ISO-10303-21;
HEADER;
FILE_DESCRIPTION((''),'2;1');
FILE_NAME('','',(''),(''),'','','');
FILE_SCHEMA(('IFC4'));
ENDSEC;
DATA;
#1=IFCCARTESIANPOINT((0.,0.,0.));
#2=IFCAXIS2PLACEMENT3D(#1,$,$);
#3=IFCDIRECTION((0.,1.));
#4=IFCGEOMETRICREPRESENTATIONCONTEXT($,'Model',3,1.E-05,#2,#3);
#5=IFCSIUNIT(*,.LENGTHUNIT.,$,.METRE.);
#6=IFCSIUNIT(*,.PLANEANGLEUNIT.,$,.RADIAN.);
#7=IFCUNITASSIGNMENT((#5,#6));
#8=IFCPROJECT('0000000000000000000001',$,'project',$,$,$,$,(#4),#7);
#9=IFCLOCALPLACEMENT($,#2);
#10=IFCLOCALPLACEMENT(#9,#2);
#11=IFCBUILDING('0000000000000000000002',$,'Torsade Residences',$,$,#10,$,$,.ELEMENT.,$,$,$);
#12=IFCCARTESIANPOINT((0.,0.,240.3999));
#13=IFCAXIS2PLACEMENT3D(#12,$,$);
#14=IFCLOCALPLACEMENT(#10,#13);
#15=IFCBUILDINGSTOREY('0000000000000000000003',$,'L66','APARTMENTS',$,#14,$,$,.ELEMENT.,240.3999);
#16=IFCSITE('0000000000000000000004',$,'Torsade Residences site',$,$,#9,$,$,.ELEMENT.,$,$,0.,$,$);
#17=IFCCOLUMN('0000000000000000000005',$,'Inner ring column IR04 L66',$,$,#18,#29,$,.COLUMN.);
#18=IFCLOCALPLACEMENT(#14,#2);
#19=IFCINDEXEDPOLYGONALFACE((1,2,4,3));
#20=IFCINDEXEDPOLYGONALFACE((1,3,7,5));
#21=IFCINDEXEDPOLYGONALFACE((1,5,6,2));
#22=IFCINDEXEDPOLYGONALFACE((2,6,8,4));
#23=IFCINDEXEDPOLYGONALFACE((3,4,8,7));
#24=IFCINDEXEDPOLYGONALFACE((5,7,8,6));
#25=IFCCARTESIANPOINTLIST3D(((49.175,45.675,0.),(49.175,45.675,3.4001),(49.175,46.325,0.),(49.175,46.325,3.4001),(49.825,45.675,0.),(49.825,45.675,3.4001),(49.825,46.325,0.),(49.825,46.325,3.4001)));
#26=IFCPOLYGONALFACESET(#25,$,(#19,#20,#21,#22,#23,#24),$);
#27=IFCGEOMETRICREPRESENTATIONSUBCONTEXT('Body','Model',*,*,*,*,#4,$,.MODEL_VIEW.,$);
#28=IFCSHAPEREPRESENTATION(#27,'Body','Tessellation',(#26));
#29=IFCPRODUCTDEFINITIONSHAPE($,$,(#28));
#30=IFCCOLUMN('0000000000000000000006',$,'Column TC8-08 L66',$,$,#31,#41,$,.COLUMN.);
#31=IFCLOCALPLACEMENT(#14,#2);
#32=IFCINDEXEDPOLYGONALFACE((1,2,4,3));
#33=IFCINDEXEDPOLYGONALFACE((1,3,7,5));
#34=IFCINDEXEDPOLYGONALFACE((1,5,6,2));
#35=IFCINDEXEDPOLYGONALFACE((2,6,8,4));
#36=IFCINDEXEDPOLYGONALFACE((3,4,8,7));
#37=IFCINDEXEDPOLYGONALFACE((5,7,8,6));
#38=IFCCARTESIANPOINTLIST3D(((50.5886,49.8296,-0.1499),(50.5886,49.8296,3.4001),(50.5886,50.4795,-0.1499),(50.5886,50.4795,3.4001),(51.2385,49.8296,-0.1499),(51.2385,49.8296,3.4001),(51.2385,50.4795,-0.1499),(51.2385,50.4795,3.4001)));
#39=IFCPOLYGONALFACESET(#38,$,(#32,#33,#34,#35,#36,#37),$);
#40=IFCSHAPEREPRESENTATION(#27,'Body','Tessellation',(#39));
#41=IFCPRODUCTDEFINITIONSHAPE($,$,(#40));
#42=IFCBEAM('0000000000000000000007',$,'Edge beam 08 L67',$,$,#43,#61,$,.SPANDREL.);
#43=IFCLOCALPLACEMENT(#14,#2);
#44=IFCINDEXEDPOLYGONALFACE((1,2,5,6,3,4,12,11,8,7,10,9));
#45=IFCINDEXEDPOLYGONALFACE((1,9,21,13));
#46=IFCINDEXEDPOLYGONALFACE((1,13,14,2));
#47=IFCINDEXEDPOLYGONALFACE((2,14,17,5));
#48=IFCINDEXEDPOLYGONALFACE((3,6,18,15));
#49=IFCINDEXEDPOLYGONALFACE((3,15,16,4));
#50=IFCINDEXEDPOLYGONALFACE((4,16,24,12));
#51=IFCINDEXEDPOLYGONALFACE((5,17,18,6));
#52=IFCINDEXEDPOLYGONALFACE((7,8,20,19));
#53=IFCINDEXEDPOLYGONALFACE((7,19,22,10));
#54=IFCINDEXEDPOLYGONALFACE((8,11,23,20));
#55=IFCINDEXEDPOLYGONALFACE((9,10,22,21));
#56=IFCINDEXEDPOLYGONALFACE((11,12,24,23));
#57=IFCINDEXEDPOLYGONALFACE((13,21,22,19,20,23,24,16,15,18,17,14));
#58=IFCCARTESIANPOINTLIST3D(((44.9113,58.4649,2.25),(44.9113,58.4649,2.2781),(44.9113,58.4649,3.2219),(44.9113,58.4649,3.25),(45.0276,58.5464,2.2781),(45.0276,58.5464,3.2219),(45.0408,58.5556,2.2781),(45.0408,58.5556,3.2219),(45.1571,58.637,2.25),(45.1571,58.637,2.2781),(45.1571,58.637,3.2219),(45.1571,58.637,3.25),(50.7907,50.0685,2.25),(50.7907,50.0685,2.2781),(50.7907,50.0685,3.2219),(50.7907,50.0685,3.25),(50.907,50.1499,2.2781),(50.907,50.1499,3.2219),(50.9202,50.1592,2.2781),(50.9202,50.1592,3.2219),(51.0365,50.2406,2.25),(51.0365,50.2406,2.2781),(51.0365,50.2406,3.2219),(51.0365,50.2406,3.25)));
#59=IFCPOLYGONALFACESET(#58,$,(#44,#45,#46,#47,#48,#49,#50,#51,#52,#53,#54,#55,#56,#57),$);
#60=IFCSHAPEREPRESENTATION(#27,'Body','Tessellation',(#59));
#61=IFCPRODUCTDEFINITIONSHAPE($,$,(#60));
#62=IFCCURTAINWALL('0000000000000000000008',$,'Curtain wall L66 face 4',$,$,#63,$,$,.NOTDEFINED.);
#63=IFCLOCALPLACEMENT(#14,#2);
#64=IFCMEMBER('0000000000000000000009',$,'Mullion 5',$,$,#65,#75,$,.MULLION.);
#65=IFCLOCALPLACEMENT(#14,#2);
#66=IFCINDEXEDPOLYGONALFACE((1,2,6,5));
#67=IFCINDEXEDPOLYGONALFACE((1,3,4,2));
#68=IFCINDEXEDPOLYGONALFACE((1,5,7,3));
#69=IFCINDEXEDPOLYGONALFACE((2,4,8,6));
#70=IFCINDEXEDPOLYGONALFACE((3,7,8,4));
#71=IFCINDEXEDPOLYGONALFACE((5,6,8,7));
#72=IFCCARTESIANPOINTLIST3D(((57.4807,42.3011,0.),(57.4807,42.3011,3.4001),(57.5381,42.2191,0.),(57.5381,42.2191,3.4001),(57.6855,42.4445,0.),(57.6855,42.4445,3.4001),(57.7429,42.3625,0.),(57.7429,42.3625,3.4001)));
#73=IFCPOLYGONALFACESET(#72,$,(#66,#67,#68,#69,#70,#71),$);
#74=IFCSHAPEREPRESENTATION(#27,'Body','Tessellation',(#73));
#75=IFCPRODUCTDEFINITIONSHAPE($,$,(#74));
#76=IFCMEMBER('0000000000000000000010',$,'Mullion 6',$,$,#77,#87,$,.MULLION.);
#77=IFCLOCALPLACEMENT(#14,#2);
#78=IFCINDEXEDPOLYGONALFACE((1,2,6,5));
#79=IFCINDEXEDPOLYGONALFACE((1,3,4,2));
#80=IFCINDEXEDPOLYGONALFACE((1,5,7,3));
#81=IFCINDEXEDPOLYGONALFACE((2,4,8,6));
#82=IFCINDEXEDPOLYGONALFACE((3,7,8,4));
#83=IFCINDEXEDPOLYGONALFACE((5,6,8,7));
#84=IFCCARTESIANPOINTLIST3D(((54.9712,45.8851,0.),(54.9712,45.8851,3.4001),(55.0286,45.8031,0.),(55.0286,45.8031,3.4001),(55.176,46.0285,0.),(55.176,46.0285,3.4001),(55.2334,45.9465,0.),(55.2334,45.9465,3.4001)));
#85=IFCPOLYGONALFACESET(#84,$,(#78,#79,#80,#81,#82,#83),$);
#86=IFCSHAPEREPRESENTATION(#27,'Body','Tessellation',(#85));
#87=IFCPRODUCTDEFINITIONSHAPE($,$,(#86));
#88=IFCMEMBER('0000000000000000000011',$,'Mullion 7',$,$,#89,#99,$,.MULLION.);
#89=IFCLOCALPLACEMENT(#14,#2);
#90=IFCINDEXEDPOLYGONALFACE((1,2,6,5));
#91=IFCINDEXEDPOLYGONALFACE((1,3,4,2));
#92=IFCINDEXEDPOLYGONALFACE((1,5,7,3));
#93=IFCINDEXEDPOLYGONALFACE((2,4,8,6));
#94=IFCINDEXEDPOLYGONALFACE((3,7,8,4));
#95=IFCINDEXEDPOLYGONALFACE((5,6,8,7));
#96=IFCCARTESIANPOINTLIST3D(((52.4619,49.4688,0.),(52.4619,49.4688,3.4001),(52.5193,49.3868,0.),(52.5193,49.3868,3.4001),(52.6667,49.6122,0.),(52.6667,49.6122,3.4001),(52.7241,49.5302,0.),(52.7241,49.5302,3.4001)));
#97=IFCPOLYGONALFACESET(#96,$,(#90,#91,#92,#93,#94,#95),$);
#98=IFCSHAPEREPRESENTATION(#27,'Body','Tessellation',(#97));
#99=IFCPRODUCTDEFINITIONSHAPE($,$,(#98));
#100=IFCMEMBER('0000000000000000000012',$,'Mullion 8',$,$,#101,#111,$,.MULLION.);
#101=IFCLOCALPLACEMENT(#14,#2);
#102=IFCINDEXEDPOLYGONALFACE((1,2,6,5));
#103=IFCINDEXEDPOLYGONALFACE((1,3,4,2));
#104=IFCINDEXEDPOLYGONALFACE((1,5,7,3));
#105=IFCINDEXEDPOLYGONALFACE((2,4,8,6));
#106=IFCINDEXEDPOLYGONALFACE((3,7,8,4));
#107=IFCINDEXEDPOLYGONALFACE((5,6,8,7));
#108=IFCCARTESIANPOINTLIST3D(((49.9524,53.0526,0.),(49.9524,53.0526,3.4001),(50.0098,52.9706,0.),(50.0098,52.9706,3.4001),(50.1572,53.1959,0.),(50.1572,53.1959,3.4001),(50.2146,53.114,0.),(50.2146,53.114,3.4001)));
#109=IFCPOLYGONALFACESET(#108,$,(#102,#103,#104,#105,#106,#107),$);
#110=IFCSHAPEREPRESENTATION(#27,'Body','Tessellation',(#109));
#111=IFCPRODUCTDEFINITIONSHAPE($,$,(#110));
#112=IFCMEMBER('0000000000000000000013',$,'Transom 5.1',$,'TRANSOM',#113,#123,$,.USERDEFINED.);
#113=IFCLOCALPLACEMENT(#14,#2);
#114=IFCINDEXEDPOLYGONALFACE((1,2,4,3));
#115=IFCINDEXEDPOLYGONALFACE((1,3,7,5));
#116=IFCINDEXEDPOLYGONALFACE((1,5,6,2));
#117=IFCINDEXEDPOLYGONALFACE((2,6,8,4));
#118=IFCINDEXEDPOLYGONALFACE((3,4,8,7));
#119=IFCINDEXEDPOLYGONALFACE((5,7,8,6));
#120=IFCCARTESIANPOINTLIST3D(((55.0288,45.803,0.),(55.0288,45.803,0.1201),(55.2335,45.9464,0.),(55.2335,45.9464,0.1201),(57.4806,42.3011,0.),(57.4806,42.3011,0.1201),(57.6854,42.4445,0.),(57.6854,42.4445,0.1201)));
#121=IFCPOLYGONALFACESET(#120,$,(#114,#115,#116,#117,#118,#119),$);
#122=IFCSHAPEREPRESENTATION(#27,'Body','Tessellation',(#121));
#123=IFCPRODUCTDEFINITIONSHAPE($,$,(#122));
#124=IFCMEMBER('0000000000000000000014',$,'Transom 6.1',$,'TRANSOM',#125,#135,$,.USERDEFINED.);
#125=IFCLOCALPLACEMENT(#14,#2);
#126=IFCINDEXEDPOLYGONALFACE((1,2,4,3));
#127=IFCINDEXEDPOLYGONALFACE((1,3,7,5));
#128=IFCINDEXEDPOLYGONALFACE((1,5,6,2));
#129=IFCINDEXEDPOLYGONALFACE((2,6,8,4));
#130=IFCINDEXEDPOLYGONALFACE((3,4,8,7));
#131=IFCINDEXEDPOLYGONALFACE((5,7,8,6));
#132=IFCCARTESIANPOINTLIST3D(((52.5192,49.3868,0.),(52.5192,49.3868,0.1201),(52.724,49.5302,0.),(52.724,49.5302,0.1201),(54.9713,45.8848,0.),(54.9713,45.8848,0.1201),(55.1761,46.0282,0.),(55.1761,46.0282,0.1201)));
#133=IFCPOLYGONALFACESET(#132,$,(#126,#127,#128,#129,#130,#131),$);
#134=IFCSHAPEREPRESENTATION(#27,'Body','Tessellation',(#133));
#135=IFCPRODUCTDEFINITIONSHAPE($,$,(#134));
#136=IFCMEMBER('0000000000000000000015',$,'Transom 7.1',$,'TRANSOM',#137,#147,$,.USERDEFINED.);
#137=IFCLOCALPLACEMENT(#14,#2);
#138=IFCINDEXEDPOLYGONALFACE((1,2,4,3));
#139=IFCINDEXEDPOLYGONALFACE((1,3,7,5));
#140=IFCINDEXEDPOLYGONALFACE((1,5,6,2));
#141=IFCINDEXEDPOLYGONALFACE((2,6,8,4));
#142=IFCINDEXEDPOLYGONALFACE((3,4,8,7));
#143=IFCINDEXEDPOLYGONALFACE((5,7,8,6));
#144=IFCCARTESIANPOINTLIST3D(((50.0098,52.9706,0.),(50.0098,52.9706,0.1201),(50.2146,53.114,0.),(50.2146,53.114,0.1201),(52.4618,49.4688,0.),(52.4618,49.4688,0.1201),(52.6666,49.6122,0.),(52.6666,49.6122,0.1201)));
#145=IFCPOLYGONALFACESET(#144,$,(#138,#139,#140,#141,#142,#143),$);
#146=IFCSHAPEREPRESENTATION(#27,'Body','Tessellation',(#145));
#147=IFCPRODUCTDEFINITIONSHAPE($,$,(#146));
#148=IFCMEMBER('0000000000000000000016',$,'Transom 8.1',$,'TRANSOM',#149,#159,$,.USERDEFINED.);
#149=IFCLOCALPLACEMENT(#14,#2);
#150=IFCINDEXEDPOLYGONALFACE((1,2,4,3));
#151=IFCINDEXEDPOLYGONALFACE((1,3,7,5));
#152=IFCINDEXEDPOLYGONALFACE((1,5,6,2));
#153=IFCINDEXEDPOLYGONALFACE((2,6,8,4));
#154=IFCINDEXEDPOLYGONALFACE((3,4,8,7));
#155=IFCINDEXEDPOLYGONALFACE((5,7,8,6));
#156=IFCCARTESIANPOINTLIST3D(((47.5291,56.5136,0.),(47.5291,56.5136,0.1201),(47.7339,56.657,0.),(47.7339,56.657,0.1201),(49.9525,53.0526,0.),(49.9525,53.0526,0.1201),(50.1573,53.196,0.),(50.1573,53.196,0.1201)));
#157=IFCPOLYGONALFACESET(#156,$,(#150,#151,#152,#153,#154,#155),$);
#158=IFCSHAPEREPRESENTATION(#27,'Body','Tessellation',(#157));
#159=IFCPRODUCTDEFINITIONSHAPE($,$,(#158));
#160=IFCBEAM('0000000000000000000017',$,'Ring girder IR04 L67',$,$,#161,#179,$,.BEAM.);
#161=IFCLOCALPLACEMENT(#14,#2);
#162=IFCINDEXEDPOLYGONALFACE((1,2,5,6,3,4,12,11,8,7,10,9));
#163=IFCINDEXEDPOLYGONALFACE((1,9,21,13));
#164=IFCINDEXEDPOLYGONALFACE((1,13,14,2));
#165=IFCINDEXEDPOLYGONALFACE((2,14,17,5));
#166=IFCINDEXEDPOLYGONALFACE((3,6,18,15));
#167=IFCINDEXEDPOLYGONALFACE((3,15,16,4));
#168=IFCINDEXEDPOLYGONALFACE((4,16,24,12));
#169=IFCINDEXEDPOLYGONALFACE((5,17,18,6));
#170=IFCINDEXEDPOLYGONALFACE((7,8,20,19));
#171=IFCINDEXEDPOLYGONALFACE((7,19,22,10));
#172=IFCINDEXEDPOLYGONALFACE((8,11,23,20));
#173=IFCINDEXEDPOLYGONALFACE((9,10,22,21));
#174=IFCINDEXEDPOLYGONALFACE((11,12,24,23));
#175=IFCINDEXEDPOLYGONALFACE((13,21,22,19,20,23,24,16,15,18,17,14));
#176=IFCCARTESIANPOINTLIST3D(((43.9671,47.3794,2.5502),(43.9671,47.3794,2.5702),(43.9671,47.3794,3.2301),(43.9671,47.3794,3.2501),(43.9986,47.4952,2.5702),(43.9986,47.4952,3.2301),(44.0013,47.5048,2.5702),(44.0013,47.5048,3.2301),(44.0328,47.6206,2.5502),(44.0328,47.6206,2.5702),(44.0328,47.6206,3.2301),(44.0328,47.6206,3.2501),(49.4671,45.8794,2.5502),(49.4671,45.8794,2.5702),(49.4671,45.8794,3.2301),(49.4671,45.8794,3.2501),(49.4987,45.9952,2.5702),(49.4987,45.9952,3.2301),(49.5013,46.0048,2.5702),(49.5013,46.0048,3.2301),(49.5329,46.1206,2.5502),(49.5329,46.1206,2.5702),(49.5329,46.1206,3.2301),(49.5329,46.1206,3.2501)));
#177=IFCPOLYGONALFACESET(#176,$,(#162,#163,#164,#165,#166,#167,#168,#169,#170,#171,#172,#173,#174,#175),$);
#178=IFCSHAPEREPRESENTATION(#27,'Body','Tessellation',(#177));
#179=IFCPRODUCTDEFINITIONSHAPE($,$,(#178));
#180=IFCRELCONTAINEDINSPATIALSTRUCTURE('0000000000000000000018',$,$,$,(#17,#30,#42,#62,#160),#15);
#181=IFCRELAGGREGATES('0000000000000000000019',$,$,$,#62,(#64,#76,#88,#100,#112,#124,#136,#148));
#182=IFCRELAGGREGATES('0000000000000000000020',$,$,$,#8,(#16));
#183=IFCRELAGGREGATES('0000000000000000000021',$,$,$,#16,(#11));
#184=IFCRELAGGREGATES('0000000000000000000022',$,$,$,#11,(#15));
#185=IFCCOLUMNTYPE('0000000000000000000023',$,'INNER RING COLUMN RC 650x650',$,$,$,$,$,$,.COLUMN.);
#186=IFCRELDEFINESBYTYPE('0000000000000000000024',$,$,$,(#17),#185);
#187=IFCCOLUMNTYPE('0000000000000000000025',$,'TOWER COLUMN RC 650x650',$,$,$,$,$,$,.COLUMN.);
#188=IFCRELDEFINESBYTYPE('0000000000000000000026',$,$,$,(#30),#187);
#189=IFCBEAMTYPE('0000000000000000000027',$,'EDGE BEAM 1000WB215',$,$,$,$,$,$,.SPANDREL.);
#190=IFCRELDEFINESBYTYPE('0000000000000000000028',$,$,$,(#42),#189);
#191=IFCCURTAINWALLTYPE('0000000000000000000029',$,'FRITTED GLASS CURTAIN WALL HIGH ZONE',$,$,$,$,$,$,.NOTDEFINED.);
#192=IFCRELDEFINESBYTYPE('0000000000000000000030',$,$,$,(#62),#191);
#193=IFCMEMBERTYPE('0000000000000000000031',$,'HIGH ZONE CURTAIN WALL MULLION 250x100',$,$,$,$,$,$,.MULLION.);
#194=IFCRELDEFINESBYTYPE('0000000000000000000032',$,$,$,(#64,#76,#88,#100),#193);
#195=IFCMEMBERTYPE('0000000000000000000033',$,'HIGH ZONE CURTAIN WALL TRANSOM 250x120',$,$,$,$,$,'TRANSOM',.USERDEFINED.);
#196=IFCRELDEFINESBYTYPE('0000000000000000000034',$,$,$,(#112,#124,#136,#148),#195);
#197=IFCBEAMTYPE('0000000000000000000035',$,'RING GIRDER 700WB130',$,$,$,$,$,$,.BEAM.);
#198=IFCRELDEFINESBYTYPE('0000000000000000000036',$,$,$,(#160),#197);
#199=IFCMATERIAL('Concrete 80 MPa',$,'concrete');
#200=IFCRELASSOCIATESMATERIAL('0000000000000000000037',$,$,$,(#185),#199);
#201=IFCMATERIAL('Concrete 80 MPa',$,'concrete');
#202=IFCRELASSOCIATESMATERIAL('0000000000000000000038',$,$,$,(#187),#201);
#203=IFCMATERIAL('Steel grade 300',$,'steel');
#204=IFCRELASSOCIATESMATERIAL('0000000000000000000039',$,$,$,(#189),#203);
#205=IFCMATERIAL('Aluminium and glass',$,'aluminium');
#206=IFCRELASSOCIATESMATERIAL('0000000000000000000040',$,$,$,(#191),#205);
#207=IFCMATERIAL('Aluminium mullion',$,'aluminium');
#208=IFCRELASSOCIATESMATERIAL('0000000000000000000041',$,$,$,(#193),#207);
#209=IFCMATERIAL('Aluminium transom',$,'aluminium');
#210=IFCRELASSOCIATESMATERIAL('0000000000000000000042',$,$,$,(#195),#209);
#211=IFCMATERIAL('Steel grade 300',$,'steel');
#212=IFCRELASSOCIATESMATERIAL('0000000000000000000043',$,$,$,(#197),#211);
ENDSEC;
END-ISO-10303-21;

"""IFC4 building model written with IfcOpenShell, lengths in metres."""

from ifc_helpers import new_model, si_unit, direction, frame, origin, origin_2d, place, context, subcontext, project, spatial, rectangle, i_section, extrude, material, material_profile, profile_set, type_object, element, aggregate, save


model = new_model("IFC4")

# Units and contexts
model_context = context("Model", 3, precision=1e-05, world=origin(), true_north=direction((0.0, 1.0)))
body_context = subcontext(model_context, "Body", "Model", "MODEL_VIEW")
ifc_project = project(units=[si_unit("LENGTHUNIT", "METRE"), si_unit("PLANEANGLEUNIT", "RADIAN")], contexts=[model_context])

# Site, building, storey
site_placement = place(None, origin())
site = spatial("IfcSite", under=ifc_project, at=site_placement, Name="Torsade Residences site", CompositionType="ELEMENT", RefElevation=0.0)
building_placement = place(site_placement, origin())
building = spatial("IfcBuilding", under=site, at=building_placement, Name="Torsade Residences", CompositionType="ELEMENT")
storey_placement = place(building_placement, frame((0.0, 0.0, 240.3999)))
storey = spatial("IfcBuildingStorey", under=building, at=storey_placement, Name="L66", Description="APARTMENTS", CompositionType="ELEMENT", Elevation=240.3999)

# Columns
ifc_material_1 = material(Name="Concrete 80 MPa", Category="concrete")
ifc_material_profile_1 = material_profile(ifc_material_1, rectangle(XDim=0.6499, YDim=0.6499, at=origin_2d()), Name="RC 650x650")
ifc_profile_set_1 = profile_set([ifc_material_profile_1], Name="Concrete 80 MPa")
column_type_1 = type_object("IfcColumnType", Name="INNER RING COLUMN RC 650x650", PredefinedType="COLUMN", material=ifc_profile_set_1)
column_1_placement = place(storey_placement, frame((49.5, 46.0, 0.0), z_axis=(0.0, 0.0, 1.0), x_axis=(1.0, 0.0, 0.0)))
element("IfcColumn", 1, at=column_1_placement, inside=storey, type_object=column_type_1, Name="Inner ring column IR04 L66", PredefinedType="COLUMN", context=body_context, shape_type="SweptSolid", body=[
    extrude(rectangle(XDim=0.6499, YDim=0.6499, at=origin_2d()), origin(), (0.0, 0.0, 1.0), 3.4001),
])
ifc_material_2 = material(Name="Concrete 80 MPa", Category="concrete")
ifc_material_profile_2 = material_profile(ifc_material_2, rectangle(XDim=0.6499, YDim=0.6499, at=origin_2d()), Name="RC 650x650")
ifc_profile_set_2 = profile_set([ifc_material_profile_2], Name="Concrete 80 MPa")
column_type_2 = type_object("IfcColumnType", Name="TOWER COLUMN RC 650x650", PredefinedType="COLUMN", material=ifc_profile_set_2)
column_2_placement = place(storey_placement, frame((50.9136, 50.1545, -0.1499), z_axis=(0.0, 0.0, 1.0), x_axis=(1.0, 0.0, 0.0)))
element("IfcColumn", 2, at=column_2_placement, inside=storey, type_object=column_type_2, Name="Column TC8-08 L66", PredefinedType="COLUMN", context=body_context, shape_type="SweptSolid", body=[
    extrude(rectangle(XDim=0.6499, YDim=0.6499, at=origin_2d()), origin(), (0.0, 0.0, 1.0), 3.55),
])

# Beam
ifc_material_3 = material(Name="Steel grade 300", Category="steel")
ifc_material_profile_3 = material_profile(ifc_material_3, i_section(OverallWidth=0.3, OverallDepth=1.0, WebThickness=0.0161, FlangeThickness=0.0281, at=origin_2d()), Name="1000WB215")
ifc_profile_set_3 = profile_set([ifc_material_profile_3], Name="Steel grade 300")
beam_type_1 = type_object("IfcBeamType", Name="EDGE BEAM 1000WB215", PredefinedType="SPANDREL", material=ifc_profile_set_3)
beam_1_placement = place(storey_placement, frame((50.9136, 50.1545, 2.75), z_axis=(-0.573584, 0.819147, 0.0), x_axis=(-0.819147, -0.573584, 0.0)))
element("IfcBeam", 3, at=beam_1_placement, inside=storey, type_object=beam_type_1, Name="Edge beam 08 L67", PredefinedType="SPANDREL", context=body_context, shape_type="SweptSolid", body=[
    extrude(i_section(OverallWidth=0.3, OverallDepth=1.0, WebThickness=0.0161, FlangeThickness=0.0281, at=origin_2d()), origin(), (0.0, 0.0, 1.0), 10.2502),
])

# Curtain wall, members
ifc_material_4 = material(Name="Aluminium and glass", Category="aluminium")
curtain_wall_type = type_object("IfcCurtainWallType", Name="FRITTED GLASS CURTAIN WALL HIGH ZONE", PredefinedType="NOTDEFINED", material=ifc_material_4)
curtain_wall_placement = place(storey_placement, origin())
curtain_wall = element("IfcCurtainWall", 4, at=curtain_wall_placement, inside=storey, type_object=curtain_wall_type, Name="Curtain wall L66 face 4", PredefinedType="NOTDEFINED")
ifc_material_5 = material(Name="Aluminium mullion", Category="aluminium")
ifc_material_profile_4 = material_profile(ifc_material_5, rectangle(XDim=0.25, YDim=0.1001, at=origin_2d()), Name="HIGH ZONE CURTAIN WALL MULLION 250x100")
ifc_profile_set_4 = profile_set([ifc_material_profile_4], Name="Aluminium mullion")
member_type_1 = type_object("IfcMemberType", Name="HIGH ZONE CURTAIN WALL MULLION 250x100", PredefinedType="MULLION", material=ifc_profile_set_4)
member_1_placement = place(storey_placement, frame((57.6118, 42.3318, 0.0), z_axis=(0.0, 0.0, 1.0), x_axis=(-0.819152, -0.573576, 0.0)))
member_1 = element("IfcMember", 5, at=member_1_placement, type_object=member_type_1, Name="Mullion 5", PredefinedType="MULLION", context=body_context, shape_type="SweptSolid", body=[
    extrude(rectangle(XDim=0.25, YDim=0.1001, at=origin_2d()), origin(), (0.0, 0.0, 1.0), 3.4001),
])
member_2_placement = place(storey_placement, frame((55.1023, 45.9158, 0.0), z_axis=(0.0, 0.0, 1.0), x_axis=(-0.819152, -0.573576, 0.0)))
member_2 = element("IfcMember", 6, at=member_2_placement, type_object=member_type_1, Name="Mullion 6", PredefinedType="MULLION", context=body_context, shape_type="SweptSolid", body=[
    extrude(rectangle(XDim=0.25, YDim=0.1001, at=origin_2d()), origin(), (0.0, 0.0, 1.0), 3.4001),
])
member_3_placement = place(storey_placement, frame((52.593, 49.4995, 0.0), z_axis=(0.0, 0.0, 1.0), x_axis=(-0.819152, -0.573576, 0.0)))
member_3 = element("IfcMember", 7, at=member_3_placement, type_object=member_type_1, Name="Mullion 7", PredefinedType="MULLION", context=body_context, shape_type="SweptSolid", body=[
    extrude(rectangle(XDim=0.25, YDim=0.1001, at=origin_2d()), origin(), (0.0, 0.0, 1.0), 3.4001),
])
member_4_placement = place(storey_placement, frame((50.0835, 53.0833, 0.0), z_axis=(0.0, 0.0, 1.0), x_axis=(-0.819152, -0.573576, 0.0)))
member_4 = element("IfcMember", 8, at=member_4_placement, type_object=member_type_1, Name="Mullion 8", PredefinedType="MULLION", context=body_context, shape_type="SweptSolid", body=[
    extrude(rectangle(XDim=0.25, YDim=0.1001, at=origin_2d()), origin(), (0.0, 0.0, 1.0), 3.4001),
])
ifc_material_6 = material(Name="Aluminium transom", Category="aluminium")
ifc_material_profile_5 = material_profile(ifc_material_6, rectangle(XDim=0.25, YDim=0.1201, at=origin_2d()), Name="HIGH ZONE CURTAIN WALL TRANSOM 250x120")
ifc_profile_set_5 = profile_set([ifc_material_profile_5], Name="Aluminium transom")
member_type_2 = type_object("IfcMemberType", Name="HIGH ZONE CURTAIN WALL TRANSOM 250x120", ElementType="TRANSOM", PredefinedType="USERDEFINED", material=ifc_profile_set_5)
member_5_placement = place(storey_placement, frame((57.583, 42.3728, 0.0601), z_axis=(-0.573547, 0.819173, 0.0), x_axis=(-0.819173, -0.573547, 0.0)))
member_5 = element("IfcMember", 9, at=member_5_placement, type_object=member_type_2, Name="Transom 5.1", ObjectType="TRANSOM", PredefinedType="USERDEFINED", context=body_context, shape_type="SweptSolid", body=[
    extrude(rectangle(XDim=0.25, YDim=0.1201, at=origin_2d()), origin(), (0.0, 0.0, 1.0), 4.2749),
])
member_6_placement = place(storey_placement, frame((55.0737, 45.9565, 0.0601), z_axis=(-0.573585, 0.819146, 0.0), x_axis=(-0.819146, -0.573585, 0.0)))
member_6 = element("IfcMember", 10, at=member_6_placement, type_object=member_type_2, Name="Transom 6.1", ObjectType="TRANSOM", PredefinedType="USERDEFINED", context=body_context, shape_type="SweptSolid", body=[
    extrude(rectangle(XDim=0.25, YDim=0.1201, at=origin_2d()), origin(), (0.0, 0.0, 1.0), 4.2751),
])
member_7_placement = place(storey_placement, frame((52.5642, 49.5405, 0.0601), z_axis=(-0.573573, 0.819154, 0.0), x_axis=(-0.819154, -0.573573, 0.0)))
member_7 = element("IfcMember", 11, at=member_7_placement, type_object=member_type_2, Name="Transom 7.1", ObjectType="TRANSOM", PredefinedType="USERDEFINED", context=body_context, shape_type="SweptSolid", body=[
    extrude(rectangle(XDim=0.25, YDim=0.1201, at=origin_2d()), origin(), (0.0, 0.0, 1.0), 4.2749),
])
member_8_placement = place(storey_placement, frame((50.0549, 53.1243, 0.0601), z_axis=(-0.573571, 0.819156, 0.0), x_axis=(-0.819156, -0.573571, 0.0)))
member_8 = element("IfcMember", 12, at=member_8_placement, type_object=member_type_2, Name="Transom 8.1", ObjectType="TRANSOM", PredefinedType="USERDEFINED", context=body_context, shape_type="SweptSolid", body=[
    extrude(rectangle(XDim=0.25, YDim=0.1201, at=origin_2d()), origin(), (0.0, 0.0, 1.0), 4.2251),
])

# Beam
ifc_material_7 = material(Name="Steel grade 300", Category="steel")
ifc_material_profile_6 = material_profile(ifc_material_7, i_section(OverallWidth=0.25, OverallDepth=0.7, WebThickness=0.01, FlangeThickness=0.02, at=origin_2d()), Name="700WB130")
ifc_profile_set_6 = profile_set([ifc_material_profile_6], Name="Steel grade 300")
beam_type_2 = type_object("IfcBeamType", Name="RING GIRDER 700WB130", PredefinedType="BEAM", material=ifc_profile_set_6)
beam_2_placement = place(storey_placement, frame((49.5, 46.0, 2.9001), z_axis=(-0.964764, 0.263117, 0.0), x_axis=(-0.263117, -0.964764, 0.0)))
element("IfcBeam", 13, at=beam_2_placement, inside=storey, type_object=beam_type_2, Name="Ring girder IR04 L67", PredefinedType="BEAM", context=body_context, shape_type="SweptSolid", body=[
    extrude(i_section(OverallWidth=0.25, OverallDepth=0.7, WebThickness=0.01, FlangeThickness=0.02, at=origin_2d()), origin(), (0.0, 0.0, 1.0), 5.7009),
])

aggregate(curtain_wall, [member_1, member_2, member_3, member_4, member_5, member_6, member_7, member_8])

save(model, "model.ifc")
